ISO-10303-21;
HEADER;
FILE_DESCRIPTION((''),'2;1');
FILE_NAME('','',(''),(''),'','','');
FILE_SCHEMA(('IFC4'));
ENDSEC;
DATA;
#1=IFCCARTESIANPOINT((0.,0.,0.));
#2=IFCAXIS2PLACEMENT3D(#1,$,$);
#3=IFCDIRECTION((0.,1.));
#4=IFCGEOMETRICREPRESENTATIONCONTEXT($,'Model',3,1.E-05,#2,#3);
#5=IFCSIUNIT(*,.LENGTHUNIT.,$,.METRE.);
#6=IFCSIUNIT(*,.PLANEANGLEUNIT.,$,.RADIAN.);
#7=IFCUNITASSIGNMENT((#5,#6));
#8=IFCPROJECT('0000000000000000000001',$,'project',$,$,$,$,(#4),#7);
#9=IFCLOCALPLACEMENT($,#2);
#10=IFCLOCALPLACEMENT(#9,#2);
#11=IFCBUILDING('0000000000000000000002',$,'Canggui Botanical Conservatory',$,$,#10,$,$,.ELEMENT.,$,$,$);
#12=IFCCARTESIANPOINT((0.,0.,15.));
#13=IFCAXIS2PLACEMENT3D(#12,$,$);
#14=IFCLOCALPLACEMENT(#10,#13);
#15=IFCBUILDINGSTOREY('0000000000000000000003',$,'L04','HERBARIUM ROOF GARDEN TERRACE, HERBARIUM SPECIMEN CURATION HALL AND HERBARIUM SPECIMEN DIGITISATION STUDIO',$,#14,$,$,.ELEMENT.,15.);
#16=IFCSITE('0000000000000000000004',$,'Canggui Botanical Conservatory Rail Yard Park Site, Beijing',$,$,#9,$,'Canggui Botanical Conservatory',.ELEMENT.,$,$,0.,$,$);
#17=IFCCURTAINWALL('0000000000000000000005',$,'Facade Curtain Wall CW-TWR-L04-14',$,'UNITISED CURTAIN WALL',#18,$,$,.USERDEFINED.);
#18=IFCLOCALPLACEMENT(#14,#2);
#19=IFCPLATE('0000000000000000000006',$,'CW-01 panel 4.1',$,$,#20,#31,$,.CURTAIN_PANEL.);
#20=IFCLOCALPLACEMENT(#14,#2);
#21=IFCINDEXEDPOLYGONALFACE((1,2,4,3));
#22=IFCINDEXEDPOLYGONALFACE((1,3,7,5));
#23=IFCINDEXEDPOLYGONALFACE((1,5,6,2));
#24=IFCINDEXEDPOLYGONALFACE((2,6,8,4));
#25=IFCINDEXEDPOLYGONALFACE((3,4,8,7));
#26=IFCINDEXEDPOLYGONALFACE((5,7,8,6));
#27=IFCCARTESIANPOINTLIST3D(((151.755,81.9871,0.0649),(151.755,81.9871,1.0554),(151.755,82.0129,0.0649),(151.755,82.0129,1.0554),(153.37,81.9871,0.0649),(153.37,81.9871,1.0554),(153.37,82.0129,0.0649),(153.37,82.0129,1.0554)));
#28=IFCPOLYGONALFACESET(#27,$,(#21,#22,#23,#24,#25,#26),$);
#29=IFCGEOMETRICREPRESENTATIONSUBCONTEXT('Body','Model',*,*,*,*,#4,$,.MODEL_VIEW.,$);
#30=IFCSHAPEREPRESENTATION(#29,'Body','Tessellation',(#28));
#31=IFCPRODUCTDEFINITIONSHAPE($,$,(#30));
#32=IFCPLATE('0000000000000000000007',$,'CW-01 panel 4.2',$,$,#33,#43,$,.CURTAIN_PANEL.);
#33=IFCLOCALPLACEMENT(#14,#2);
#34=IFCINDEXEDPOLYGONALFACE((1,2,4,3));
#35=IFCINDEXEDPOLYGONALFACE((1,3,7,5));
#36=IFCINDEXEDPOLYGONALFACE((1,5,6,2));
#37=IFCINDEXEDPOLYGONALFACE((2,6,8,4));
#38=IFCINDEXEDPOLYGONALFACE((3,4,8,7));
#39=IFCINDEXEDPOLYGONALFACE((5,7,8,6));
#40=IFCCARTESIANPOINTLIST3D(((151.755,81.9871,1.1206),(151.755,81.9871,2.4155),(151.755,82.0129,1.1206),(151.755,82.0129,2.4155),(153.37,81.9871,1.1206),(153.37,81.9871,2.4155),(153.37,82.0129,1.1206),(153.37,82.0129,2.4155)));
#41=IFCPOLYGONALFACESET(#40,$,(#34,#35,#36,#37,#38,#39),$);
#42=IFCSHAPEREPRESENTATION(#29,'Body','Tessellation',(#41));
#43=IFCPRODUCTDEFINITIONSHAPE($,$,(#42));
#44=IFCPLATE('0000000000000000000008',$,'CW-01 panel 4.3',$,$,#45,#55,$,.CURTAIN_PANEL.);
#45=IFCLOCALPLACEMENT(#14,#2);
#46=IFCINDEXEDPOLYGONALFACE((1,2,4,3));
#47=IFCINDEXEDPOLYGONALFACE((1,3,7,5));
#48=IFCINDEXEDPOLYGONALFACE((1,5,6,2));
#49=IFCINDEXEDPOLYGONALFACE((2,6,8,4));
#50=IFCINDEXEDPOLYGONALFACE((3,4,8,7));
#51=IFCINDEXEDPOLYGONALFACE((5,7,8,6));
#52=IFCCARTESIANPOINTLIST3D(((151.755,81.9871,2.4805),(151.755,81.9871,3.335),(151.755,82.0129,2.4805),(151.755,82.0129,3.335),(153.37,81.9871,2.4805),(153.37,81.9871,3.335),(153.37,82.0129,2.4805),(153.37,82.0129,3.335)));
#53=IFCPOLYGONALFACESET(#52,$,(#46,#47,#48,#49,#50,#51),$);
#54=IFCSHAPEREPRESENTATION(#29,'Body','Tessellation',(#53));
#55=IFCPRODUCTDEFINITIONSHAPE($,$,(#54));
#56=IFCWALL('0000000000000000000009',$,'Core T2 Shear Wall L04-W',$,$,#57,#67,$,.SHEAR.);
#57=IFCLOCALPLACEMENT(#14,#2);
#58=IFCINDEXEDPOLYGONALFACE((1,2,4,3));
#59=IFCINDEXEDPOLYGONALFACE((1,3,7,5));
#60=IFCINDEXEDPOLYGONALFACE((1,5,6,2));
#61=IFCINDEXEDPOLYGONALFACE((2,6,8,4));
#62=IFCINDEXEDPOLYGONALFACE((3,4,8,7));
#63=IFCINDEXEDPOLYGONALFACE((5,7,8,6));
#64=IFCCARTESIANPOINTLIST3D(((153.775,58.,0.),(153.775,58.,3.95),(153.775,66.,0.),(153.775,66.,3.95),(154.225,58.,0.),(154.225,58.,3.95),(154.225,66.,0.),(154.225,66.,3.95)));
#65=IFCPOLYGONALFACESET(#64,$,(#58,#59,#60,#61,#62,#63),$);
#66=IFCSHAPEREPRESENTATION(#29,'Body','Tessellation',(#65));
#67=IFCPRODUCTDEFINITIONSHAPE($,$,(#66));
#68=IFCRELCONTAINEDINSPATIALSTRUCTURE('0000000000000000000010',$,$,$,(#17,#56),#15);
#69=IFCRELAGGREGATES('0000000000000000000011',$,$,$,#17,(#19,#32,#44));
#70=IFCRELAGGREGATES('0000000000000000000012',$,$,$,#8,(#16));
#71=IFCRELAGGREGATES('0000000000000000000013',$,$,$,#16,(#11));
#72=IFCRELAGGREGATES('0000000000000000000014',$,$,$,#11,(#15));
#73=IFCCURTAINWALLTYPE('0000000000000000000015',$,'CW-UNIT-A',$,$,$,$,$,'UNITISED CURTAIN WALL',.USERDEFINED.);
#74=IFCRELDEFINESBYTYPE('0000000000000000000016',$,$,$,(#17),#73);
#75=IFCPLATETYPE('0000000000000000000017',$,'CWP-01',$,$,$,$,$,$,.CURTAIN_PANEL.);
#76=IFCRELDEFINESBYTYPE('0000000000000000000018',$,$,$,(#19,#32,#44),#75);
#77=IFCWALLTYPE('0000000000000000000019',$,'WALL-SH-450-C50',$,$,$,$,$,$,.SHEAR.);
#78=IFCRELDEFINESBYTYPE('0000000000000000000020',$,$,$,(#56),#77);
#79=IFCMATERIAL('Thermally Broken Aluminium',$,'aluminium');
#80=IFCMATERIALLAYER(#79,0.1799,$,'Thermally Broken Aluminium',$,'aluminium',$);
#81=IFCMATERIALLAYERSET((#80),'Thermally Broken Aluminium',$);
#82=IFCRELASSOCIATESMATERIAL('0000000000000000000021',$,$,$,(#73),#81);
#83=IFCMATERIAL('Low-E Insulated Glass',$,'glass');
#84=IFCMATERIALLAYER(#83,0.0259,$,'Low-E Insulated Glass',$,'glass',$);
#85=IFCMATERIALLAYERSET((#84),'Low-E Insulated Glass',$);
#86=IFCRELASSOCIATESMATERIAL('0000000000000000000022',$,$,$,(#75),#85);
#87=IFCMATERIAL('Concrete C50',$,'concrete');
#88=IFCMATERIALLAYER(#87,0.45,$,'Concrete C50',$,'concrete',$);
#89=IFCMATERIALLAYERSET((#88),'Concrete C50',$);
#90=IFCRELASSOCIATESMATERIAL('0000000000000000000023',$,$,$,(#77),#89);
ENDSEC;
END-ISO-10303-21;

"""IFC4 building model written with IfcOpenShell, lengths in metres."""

from ifc_helpers import new_model, si_unit, direction, frame, frame_2d, origin, origin_2d, place, context, subcontext, project, spatial, rectangle, extrude, material, layer, layer_set, type_object, element, aggregate, save


model = new_model("IFC4")

# Units and contexts
model_context = context("Model", 3, precision=1e-05, world=origin(), true_north=direction((0.0, 1.0)))
body_context = subcontext(model_context, "Body", "Model", "MODEL_VIEW")
ifc_project = project(units=[si_unit("LENGTHUNIT", "METRE"), si_unit("PLANEANGLEUNIT", "RADIAN")], contexts=[model_context])

# Site, building, storey
site_placement = place(None, origin())
site = spatial("IfcSite", under=ifc_project, at=site_placement, Name="Canggui Botanical Conservatory Rail Yard Park Site, Beijing", LongName="Canggui Botanical Conservatory", CompositionType="ELEMENT", RefElevation=0.0)
building_placement = place(site_placement, origin())
building = spatial("IfcBuilding", under=site, at=building_placement, Name="Canggui Botanical Conservatory", CompositionType="ELEMENT")
storey_placement = place(building_placement, frame((0.0, 0.0, 15.0)))
storey = spatial("IfcBuildingStorey", under=building, at=storey_placement, Name="L04", Description="HERBARIUM ROOF GARDEN TERRACE, HERBARIUM SPECIMEN CURATION HALL AND HERBARIUM SPECIMEN DIGITISATION STUDIO", CompositionType="ELEMENT", Elevation=15.0)

# Shared definitions
ifc_material_1 = material(Name="Concrete C50", Category="concrete")

# Curtain wall, plates
ifc_material_2 = material(Name="Thermally Broken Aluminium", Category="aluminium")
ifc_layer_1 = layer(ifc_material_2, 0.1799, Name="Thermally Broken Aluminium", Category="aluminium")
ifc_layer_set_1 = layer_set([ifc_layer_1], Name="Thermally Broken Aluminium")
curtain_wall_type = type_object("IfcCurtainWallType", Name="CW-UNIT-A", ElementType="UNITISED CURTAIN WALL", PredefinedType="USERDEFINED", material=ifc_layer_set_1)
curtain_wall_placement = place(storey_placement, origin())
curtain_wall = element("IfcCurtainWall", 1, at=curtain_wall_placement, inside=storey, type_object=curtain_wall_type, Name="Facade Curtain Wall CW-TWR-L04-14", ObjectType="UNITISED CURTAIN WALL", PredefinedType="USERDEFINED")
ifc_material_3 = material(Name="Low-E Insulated Glass", Category="glass")
ifc_layer_2 = layer(ifc_material_3, 0.0259, Name="Low-E Insulated Glass", Category="glass")
ifc_layer_set_2 = layer_set([ifc_layer_2], Name="Low-E Insulated Glass")
plate_type = type_object("IfcPlateType", Name="CWP-01", PredefinedType="CURTAIN_PANEL", material=ifc_layer_set_2)
plate_1_placement = place(storey_placement, frame((152.5625, 82.0, 0.0649), z_axis=(0.0, 0.0, 1.0), x_axis=(1.0, 0.0, 0.0)))
plate_1 = element("IfcPlate", 2, at=plate_1_placement, type_object=plate_type, Name="CW-01 panel 4.1", PredefinedType="CURTAIN_PANEL", context=body_context, shape_type="SweptSolid", body=[
    extrude(rectangle(XDim=1.615, YDim=0.0259, at=origin_2d()), origin(), (0.0, 0.0, 1.0), 0.9905),
])
plate_2_placement = place(storey_placement, frame((152.5625, 82.0, 1.1206), z_axis=(0.0, 0.0, 1.0), x_axis=(1.0, 0.0, 0.0)))
plate_2 = element("IfcPlate", 3, at=plate_2_placement, type_object=plate_type, Name="CW-01 panel 4.2", PredefinedType="CURTAIN_PANEL", context=body_context, shape_type="SweptSolid", body=[
    extrude(rectangle(XDim=1.615, YDim=0.0259, at=origin_2d()), origin(), (0.0, 0.0, 1.0), 1.2949),
])
plate_3_placement = place(storey_placement, frame((152.5625, 82.0, 2.4805), z_axis=(0.0, 0.0, 1.0), x_axis=(1.0, 0.0, 0.0)))
plate_3 = element("IfcPlate", 4, at=plate_3_placement, type_object=plate_type, Name="CW-01 panel 4.3", PredefinedType="CURTAIN_PANEL", context=body_context, shape_type="SweptSolid", body=[
    extrude(rectangle(XDim=1.615, YDim=0.0259, at=origin_2d()), origin(), (0.0, 0.0, 1.0), 0.8545),
])
aggregate(curtain_wall, [plate_1, plate_2, plate_3])

# Wall
ifc_layer_3 = layer(ifc_material_1, 0.45, Name="Concrete C50", Category="concrete")
ifc_layer_set_3 = layer_set([ifc_layer_3], Name="Concrete C50")
wall_type = type_object("IfcWallType", Name="WALL-SH-450-C50", PredefinedType="SHEAR", material=ifc_layer_set_3)
wall_placement = place(storey_placement, frame((154.0, 66.0, 0.0), z_axis=(0.0, 0.0, 1.0), x_axis=(0.0, -1.0, 0.0)))
element("IfcWall", 5, at=wall_placement, inside=storey, type_object=wall_type, Name="Core T2 Shear Wall L04-W", PredefinedType="SHEAR", context=body_context, shape_type="SweptSolid", body=[
    extrude(rectangle(XDim=8.0, YDim=0.45, at=frame_2d((4.0, 0.0))), origin(), (0.0, 0.0, 1.0), 3.95),
])

save(model, "model.ifc")
